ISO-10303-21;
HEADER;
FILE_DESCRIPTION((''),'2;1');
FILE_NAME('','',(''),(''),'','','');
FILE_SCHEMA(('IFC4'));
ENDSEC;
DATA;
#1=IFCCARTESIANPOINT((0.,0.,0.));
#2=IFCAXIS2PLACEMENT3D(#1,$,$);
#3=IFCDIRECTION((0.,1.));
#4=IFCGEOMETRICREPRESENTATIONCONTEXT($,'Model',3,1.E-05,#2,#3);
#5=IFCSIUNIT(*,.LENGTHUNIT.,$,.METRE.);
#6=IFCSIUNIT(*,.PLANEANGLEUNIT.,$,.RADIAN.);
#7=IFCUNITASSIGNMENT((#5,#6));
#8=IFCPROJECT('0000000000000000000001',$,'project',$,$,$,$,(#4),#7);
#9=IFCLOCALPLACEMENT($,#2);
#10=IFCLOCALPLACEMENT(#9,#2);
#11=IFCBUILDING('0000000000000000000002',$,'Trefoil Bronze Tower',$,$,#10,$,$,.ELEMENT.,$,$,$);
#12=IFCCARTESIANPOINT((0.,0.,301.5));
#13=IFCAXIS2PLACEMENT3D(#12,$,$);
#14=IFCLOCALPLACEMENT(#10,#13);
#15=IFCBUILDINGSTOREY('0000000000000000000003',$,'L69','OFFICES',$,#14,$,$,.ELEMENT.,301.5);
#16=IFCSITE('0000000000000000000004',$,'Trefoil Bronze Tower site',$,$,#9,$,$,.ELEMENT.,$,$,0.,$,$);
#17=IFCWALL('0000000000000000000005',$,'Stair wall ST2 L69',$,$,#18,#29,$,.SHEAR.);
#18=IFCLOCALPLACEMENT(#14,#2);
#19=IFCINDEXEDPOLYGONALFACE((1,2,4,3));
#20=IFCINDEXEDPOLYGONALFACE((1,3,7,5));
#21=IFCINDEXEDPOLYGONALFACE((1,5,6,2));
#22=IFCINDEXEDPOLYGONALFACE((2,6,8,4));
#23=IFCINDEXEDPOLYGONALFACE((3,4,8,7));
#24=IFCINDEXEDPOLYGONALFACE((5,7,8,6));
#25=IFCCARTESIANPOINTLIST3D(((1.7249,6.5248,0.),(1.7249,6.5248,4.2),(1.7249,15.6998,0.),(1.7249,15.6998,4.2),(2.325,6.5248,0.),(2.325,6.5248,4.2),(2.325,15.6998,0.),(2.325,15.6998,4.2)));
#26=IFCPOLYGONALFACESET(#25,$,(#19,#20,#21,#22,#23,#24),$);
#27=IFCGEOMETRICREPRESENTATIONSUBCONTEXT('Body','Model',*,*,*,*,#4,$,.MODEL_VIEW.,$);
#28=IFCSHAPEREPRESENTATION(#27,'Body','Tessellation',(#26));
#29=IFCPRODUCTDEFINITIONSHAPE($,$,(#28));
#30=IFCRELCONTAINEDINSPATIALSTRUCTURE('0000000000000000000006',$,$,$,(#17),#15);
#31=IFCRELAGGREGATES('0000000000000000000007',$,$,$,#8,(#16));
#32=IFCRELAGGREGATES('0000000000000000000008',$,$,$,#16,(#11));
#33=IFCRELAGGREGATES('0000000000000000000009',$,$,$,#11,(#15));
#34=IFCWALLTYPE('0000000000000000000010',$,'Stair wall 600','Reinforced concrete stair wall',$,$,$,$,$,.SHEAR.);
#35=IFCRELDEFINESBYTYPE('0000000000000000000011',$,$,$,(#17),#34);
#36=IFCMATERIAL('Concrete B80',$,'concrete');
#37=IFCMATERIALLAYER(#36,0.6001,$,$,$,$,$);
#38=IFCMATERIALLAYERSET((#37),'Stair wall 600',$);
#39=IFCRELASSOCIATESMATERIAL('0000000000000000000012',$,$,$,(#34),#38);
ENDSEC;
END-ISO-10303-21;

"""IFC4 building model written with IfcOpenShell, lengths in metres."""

from ifc_helpers import new_model, si_unit, direction, frame, frame_2d, origin, place, context, subcontext, project, spatial, rectangle, extrude, material, layer, layer_set, type_object, element, save


model = new_model("IFC4")

# Units and contexts
model_context = context("Model", 3, precision=1e-05, world=origin(), true_north=direction((0.0, 1.0)))
body_context = subcontext(model_context, "Body", "Model", "MODEL_VIEW")
ifc_project = project(units=[si_unit("LENGTHUNIT", "METRE"), si_unit("PLANEANGLEUNIT", "RADIAN")], contexts=[model_context])

# Site, building, storey
site_placement = place(None, origin())
site = spatial("IfcSite", under=ifc_project, at=site_placement, Name="Trefoil Bronze Tower site", CompositionType="ELEMENT", RefElevation=0.0)
building_placement = place(site_placement, origin())
building = spatial("IfcBuilding", under=site, at=building_placement, Name="Trefoil Bronze Tower", CompositionType="ELEMENT")
storey_placement = place(building_placement, frame((0.0, 0.0, 301.5)))
storey = spatial("IfcBuildingStorey", under=building, at=storey_placement, Name="L69", Description="OFFICES", CompositionType="ELEMENT", Elevation=301.5)

# Wall
ifc_material_1 = material(Name="Concrete B80", Category="concrete")
ifc_layer_1 = layer(ifc_material_1, 0.6001)
ifc_layer_set_1 = layer_set([ifc_layer_1], Name="Stair wall 600")
wall_type_1 = type_object("IfcWallType", Name="Stair wall 600", Description="Reinforced concrete stair wall", PredefinedType="SHEAR", material=ifc_layer_set_1)
wall_1_placement = place(storey_placement, frame((2.0249, 6.5249, 0.0), z_axis=(0.0, 0.0, 1.0), x_axis=(0.0, 1.0, 0.0)))
element("IfcWall", 1, at=wall_1_placement, inside=storey, type_object=wall_type_1, Name="Stair wall ST2 L69", PredefinedType="SHEAR", context=body_context, shape_type="SweptSolid", body=[
    extrude(rectangle(XDim=9.175, YDim=0.6001, at=frame_2d((4.5874, 0.0))), origin(), (0.0, 0.0, 1.0), 4.2),
])

save(model, "model.ifc")
